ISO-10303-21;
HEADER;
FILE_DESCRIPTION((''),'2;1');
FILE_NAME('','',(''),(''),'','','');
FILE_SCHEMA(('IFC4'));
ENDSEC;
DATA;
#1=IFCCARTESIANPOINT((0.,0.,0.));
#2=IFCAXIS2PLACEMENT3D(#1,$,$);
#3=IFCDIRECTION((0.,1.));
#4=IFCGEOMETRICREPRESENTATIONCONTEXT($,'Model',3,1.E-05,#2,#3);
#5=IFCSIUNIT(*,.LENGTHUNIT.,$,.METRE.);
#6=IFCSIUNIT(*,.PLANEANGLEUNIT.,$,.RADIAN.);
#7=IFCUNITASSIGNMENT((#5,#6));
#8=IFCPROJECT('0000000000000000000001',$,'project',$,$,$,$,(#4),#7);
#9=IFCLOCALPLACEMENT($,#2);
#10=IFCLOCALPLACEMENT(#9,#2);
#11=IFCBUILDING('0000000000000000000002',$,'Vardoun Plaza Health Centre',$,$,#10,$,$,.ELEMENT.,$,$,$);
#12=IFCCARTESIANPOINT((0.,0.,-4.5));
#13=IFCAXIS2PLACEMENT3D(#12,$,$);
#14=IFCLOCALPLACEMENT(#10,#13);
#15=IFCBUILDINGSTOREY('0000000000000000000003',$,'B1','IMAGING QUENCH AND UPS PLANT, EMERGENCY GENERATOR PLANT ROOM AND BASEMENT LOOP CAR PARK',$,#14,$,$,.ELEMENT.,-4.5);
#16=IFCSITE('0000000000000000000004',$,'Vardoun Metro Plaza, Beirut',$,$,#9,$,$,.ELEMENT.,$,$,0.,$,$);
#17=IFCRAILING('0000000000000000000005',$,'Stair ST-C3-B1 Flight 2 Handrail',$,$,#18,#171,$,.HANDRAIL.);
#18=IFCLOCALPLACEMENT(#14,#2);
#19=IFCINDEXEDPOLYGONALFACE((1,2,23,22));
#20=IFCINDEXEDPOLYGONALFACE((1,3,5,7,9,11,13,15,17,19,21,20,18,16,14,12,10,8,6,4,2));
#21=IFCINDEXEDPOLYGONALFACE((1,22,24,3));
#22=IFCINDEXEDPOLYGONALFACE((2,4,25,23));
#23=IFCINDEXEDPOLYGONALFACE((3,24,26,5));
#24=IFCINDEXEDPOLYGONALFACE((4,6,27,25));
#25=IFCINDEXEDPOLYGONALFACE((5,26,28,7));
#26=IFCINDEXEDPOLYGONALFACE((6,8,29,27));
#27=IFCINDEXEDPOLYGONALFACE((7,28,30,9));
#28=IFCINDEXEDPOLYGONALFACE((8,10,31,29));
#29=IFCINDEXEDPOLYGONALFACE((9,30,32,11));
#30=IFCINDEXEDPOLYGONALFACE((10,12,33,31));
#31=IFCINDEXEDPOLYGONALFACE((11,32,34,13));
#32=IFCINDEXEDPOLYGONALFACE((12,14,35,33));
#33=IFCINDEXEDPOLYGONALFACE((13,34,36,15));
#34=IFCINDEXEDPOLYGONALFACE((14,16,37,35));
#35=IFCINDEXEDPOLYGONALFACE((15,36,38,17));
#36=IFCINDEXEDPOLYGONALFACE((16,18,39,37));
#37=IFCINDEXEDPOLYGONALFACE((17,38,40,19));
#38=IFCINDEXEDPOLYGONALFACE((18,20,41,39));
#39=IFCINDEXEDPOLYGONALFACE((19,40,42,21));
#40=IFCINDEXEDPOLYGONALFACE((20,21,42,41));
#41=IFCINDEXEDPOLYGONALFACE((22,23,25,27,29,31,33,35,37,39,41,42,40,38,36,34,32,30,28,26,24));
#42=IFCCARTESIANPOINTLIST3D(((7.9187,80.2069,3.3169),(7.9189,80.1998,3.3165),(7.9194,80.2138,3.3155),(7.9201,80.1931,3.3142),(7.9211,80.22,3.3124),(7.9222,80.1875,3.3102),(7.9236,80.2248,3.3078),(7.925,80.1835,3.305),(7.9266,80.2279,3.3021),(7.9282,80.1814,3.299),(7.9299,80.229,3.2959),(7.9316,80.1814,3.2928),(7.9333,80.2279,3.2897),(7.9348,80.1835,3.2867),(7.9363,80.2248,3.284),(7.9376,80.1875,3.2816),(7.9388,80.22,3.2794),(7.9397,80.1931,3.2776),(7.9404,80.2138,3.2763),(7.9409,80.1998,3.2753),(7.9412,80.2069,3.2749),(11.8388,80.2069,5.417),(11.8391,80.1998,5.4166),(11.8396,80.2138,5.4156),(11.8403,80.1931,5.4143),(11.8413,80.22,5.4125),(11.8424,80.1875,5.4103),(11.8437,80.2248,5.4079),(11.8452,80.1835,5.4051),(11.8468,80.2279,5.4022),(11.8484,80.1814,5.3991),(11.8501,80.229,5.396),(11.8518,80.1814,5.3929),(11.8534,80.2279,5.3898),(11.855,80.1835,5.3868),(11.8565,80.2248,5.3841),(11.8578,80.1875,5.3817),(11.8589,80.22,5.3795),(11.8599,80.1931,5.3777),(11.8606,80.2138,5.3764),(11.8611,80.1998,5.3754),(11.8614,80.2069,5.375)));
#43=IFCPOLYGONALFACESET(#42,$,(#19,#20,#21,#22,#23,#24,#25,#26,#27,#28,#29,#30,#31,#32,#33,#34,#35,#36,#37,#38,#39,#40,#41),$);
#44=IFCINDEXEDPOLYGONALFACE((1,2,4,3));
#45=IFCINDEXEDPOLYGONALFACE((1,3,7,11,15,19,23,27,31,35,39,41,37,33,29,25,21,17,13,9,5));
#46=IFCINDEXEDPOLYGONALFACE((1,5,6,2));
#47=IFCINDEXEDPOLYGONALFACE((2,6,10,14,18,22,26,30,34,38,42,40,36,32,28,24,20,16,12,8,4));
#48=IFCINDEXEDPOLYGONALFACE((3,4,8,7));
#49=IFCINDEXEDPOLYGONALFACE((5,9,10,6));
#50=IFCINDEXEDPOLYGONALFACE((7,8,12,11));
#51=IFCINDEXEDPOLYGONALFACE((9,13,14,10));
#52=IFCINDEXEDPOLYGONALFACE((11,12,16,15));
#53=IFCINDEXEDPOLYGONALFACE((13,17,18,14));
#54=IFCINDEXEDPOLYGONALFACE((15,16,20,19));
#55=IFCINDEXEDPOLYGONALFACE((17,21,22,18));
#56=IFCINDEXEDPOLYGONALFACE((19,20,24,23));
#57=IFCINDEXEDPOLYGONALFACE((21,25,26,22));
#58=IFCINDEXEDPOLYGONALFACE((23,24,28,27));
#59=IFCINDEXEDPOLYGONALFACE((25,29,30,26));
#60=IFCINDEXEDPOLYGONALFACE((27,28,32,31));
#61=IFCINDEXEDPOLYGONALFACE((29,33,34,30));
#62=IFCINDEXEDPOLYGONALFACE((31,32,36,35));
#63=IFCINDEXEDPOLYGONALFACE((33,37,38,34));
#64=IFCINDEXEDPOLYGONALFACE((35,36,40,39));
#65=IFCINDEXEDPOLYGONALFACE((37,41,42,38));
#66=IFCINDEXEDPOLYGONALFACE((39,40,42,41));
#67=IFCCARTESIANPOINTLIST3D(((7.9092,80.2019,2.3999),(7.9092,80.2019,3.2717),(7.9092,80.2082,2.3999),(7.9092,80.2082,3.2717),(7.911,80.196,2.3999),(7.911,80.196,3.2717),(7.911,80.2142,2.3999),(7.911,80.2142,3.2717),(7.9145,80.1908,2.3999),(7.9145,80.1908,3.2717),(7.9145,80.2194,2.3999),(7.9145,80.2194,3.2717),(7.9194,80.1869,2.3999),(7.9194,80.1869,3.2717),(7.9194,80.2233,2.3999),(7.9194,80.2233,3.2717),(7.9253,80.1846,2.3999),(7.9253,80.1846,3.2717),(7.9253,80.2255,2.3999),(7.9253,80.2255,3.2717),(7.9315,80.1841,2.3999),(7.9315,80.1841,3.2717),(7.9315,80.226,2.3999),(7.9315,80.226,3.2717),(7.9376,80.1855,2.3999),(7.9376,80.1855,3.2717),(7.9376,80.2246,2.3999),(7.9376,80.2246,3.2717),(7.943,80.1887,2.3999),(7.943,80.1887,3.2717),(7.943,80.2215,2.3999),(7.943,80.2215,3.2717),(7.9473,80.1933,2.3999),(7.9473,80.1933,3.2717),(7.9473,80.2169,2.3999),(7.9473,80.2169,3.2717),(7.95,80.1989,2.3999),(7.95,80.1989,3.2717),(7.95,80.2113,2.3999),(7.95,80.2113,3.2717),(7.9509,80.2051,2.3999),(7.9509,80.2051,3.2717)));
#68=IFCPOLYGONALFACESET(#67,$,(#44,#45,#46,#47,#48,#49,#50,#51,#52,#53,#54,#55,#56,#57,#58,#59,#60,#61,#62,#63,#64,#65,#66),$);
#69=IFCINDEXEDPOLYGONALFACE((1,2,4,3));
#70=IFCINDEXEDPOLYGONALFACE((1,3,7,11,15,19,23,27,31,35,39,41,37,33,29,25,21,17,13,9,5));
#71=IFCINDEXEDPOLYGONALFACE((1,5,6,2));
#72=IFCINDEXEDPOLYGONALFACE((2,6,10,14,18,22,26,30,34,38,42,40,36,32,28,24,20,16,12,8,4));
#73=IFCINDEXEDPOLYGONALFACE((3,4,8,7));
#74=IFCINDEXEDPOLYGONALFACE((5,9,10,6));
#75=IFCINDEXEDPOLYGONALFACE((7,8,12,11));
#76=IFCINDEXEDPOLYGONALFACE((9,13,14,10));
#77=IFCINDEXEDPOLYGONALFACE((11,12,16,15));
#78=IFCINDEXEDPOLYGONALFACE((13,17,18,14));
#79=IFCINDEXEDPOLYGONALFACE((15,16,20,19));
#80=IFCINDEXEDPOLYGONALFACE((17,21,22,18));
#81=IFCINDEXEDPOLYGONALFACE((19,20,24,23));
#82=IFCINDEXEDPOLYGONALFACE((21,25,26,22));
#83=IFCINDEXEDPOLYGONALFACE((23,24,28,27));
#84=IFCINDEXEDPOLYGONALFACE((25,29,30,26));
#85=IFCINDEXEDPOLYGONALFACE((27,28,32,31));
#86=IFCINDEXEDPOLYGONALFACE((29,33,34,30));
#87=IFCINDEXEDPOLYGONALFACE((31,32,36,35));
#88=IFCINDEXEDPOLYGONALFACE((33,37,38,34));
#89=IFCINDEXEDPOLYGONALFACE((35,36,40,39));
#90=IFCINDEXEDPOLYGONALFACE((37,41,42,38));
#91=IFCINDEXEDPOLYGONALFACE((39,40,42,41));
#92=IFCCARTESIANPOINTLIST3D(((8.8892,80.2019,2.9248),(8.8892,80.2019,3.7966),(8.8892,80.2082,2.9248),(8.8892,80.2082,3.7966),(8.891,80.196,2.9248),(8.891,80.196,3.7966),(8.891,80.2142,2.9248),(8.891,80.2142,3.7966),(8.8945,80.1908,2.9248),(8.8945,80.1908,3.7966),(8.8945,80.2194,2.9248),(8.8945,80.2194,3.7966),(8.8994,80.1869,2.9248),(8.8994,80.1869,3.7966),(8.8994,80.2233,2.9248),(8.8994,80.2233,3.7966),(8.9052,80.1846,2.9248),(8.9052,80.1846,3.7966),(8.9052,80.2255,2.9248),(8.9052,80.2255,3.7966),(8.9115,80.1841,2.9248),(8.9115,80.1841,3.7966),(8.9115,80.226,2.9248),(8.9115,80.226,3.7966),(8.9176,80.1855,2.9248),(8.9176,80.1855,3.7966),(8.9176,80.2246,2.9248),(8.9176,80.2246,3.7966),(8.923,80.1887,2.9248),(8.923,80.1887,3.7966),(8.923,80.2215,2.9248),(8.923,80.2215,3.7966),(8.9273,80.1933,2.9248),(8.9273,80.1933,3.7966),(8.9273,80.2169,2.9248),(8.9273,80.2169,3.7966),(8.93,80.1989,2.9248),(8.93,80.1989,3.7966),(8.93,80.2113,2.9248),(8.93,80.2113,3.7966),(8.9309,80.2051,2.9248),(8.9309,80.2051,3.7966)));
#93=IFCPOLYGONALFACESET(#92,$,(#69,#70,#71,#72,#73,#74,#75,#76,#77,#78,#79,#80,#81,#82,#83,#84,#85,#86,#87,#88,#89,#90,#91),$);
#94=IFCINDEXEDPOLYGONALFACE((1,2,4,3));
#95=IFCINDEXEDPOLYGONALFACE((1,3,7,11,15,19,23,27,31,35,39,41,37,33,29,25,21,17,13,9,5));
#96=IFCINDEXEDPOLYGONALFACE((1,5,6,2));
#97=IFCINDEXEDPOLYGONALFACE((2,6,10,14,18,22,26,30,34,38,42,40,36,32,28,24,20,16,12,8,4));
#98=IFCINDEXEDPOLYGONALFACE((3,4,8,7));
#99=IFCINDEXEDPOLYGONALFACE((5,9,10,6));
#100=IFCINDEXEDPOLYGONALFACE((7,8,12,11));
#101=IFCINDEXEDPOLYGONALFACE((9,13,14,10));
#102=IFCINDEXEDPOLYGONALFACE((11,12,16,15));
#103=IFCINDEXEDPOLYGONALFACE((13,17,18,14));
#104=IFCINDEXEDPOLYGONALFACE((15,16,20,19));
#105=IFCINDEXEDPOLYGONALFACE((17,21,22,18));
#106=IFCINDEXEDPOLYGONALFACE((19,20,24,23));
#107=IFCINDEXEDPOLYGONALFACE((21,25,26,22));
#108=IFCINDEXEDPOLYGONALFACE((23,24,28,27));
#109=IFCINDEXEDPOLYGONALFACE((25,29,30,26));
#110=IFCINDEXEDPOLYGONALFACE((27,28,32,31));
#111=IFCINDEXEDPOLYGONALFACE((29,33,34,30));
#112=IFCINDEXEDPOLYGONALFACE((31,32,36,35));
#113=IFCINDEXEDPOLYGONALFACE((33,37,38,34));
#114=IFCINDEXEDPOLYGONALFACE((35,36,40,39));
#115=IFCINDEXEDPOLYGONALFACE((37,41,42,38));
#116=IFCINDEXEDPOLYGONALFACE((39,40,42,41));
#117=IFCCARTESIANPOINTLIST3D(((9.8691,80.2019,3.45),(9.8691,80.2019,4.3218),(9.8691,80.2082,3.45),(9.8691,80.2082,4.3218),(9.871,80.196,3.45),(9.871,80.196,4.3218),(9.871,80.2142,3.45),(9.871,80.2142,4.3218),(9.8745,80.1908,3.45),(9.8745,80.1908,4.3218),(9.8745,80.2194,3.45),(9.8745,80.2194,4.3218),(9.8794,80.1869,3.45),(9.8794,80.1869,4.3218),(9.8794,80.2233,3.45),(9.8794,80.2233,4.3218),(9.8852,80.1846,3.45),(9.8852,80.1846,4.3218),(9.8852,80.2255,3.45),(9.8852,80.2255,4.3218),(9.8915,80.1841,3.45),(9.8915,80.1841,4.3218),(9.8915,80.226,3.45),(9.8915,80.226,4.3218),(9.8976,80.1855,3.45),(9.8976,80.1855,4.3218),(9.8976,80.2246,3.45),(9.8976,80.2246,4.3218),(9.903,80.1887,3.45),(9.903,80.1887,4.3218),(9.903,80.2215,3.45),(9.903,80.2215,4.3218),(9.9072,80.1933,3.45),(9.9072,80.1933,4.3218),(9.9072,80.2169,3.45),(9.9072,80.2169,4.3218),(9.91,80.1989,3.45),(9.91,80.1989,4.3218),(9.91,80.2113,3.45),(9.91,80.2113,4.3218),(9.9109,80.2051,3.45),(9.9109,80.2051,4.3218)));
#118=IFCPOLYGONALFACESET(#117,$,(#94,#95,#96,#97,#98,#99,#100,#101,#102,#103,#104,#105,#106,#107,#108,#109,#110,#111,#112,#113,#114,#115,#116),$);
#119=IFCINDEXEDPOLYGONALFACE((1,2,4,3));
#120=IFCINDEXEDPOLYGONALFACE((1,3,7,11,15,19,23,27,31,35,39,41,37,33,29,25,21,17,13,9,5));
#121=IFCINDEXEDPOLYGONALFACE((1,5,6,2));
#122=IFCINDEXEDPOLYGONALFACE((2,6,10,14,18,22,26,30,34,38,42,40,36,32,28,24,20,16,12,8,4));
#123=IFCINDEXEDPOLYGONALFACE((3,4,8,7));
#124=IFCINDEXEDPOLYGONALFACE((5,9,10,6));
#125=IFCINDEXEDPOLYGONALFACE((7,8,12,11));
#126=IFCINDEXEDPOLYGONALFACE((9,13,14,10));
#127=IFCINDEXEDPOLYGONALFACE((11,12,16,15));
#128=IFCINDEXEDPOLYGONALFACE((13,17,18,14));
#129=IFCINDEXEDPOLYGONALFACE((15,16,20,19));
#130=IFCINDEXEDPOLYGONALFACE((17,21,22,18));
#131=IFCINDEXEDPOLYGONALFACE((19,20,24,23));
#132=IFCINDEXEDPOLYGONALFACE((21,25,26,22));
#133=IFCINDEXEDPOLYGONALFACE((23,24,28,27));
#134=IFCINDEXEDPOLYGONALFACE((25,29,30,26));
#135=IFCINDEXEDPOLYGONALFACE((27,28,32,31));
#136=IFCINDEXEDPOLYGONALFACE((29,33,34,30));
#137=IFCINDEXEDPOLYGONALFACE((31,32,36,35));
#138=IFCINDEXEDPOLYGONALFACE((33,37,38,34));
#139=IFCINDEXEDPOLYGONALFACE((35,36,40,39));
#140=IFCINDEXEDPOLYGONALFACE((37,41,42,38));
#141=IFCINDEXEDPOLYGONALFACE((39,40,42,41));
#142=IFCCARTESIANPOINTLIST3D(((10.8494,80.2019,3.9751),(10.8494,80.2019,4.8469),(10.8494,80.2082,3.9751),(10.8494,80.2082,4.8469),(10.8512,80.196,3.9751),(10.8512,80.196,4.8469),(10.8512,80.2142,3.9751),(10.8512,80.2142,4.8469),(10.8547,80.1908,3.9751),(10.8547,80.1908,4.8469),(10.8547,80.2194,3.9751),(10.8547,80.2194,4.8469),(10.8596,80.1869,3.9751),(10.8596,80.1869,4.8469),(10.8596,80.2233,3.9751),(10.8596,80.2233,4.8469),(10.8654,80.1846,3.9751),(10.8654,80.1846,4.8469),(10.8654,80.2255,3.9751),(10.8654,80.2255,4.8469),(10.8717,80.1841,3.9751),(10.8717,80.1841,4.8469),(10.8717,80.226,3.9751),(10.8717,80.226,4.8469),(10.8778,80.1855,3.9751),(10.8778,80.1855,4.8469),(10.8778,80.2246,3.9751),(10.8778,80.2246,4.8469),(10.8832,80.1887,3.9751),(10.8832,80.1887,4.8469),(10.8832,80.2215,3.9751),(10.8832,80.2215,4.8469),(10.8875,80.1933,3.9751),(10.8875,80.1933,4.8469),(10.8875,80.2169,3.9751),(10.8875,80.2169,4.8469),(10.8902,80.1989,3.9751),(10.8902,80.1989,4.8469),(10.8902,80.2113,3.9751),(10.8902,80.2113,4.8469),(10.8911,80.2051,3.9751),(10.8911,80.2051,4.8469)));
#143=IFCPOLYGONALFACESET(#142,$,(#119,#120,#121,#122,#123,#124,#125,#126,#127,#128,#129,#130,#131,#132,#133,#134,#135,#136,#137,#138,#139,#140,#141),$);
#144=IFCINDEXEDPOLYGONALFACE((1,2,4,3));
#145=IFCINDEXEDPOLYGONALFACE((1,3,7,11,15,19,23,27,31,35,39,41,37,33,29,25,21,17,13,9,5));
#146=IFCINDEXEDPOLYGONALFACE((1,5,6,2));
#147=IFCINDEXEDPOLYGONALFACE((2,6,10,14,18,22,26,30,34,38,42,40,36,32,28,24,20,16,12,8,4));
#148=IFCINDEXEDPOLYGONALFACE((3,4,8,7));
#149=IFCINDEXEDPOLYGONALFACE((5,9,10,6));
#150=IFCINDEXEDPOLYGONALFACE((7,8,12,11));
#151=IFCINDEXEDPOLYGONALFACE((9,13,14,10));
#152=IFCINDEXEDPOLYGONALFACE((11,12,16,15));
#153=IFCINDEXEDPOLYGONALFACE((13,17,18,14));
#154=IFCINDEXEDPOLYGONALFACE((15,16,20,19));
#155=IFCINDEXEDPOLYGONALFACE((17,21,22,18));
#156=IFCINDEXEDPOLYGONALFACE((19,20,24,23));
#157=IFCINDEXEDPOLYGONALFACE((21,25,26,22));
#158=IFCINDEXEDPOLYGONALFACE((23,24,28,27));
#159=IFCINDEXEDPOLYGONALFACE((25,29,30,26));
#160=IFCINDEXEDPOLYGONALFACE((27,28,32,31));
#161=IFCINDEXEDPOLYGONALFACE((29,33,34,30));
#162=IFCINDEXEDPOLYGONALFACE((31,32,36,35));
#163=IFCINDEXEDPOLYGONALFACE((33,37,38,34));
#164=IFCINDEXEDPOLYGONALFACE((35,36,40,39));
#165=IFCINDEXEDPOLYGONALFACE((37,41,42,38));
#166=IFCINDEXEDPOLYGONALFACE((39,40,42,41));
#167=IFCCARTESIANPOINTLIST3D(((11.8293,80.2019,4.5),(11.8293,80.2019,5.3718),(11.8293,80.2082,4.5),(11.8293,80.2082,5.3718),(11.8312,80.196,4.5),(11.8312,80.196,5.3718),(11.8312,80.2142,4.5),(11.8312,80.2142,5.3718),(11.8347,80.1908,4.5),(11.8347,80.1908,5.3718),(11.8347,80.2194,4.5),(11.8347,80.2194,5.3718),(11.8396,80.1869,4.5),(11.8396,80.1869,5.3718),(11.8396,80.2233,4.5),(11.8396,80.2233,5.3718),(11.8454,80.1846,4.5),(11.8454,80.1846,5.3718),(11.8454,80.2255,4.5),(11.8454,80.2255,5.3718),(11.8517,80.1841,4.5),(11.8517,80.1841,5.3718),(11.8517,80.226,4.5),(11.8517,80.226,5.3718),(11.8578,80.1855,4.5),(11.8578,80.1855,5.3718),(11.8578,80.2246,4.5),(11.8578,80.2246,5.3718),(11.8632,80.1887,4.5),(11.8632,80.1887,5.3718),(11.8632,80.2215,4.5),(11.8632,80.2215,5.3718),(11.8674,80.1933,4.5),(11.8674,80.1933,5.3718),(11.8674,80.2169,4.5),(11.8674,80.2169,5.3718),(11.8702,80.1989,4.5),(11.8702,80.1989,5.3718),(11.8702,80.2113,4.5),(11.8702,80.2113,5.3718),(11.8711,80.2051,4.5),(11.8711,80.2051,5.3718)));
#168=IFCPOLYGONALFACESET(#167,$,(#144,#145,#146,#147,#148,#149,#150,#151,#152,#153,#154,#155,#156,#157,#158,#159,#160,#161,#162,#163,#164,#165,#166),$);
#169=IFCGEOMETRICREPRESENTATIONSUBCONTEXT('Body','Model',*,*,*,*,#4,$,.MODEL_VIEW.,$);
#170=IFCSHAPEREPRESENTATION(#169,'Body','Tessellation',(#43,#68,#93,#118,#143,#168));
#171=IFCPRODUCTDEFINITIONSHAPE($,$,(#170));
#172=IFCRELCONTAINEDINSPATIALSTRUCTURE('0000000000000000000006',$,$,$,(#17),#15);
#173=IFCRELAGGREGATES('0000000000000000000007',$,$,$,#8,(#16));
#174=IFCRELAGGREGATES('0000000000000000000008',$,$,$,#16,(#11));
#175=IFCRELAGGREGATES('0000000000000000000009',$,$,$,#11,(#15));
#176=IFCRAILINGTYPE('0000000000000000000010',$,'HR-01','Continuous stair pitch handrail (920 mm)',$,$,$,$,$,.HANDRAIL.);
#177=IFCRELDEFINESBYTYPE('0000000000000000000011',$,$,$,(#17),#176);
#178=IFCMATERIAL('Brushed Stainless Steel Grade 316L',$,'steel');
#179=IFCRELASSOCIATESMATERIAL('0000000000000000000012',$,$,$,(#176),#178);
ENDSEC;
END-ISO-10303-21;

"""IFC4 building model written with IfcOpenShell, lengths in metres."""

from ifc_helpers import new_model, si_unit, direction, frame, origin, origin_2d, place, context, subcontext, project, spatial, circle, extrude, material, type_object, element, save


model = new_model("IFC4")

# Units and contexts
model_context = context("Model", 3, precision=1e-05, world=origin(), true_north=direction((0.0, 1.0)))
body_context = subcontext(model_context, "Body", "Model", "MODEL_VIEW")
ifc_project = project(units=[si_unit("LENGTHUNIT", "METRE"), si_unit("PLANEANGLEUNIT", "RADIAN")], contexts=[model_context])

# Site, building, storey
site_placement = place(None, origin())
site = spatial("IfcSite", under=ifc_project, at=site_placement, Name="Vardoun Metro Plaza, Beirut", CompositionType="ELEMENT", RefElevation=0.0)
building_placement = place(site_placement, origin())
building = spatial("IfcBuilding", under=site, at=building_placement, Name="Vardoun Plaza Health Centre", CompositionType="ELEMENT")
storey_placement = place(building_placement, frame((0.0, 0.0, -4.5)))
storey = spatial("IfcBuildingStorey", under=building, at=storey_placement, Name="B1", Description="IMAGING QUENCH AND UPS PLANT, EMERGENCY GENERATOR PLANT ROOM AND BASEMENT LOOP CAR PARK", CompositionType="ELEMENT", Elevation=-4.5)

# Railing
ifc_material_1 = material(Name="Brushed Stainless Steel Grade 316L", Category="steel")
railing_type_1 = type_object("IfcRailingType", Name="HR-01", Description="Continuous stair pitch handrail (920 mm)", PredefinedType="HANDRAIL", material=ifc_material_1)
railing_1_placement = place(storey_placement, frame((7.9299, 80.2051, 2.3999)))
element("IfcRailing", 1, at=railing_1_placement, inside=storey, type_object=railing_type_1, Name="Stair ST-C3-B1 Flight 2 Handrail", PredefinedType="HANDRAIL", context=body_context, shape_type="SweptSolid", body=[
    extrude(circle(Radius=0.0239, at=origin_2d()), frame((0.0, 0.0, 0.896), z_axis=(0.881479, 0.0, 0.472223), x_axis=(0.0, 1.0, 0.0)), (0.0, 0.0, 1.0), 4.4473),
    extrude(circle(Radius=0.021, at=origin_2d()), origin(), (0.0, 0.0, 1.0), 0.8718),
    extrude(circle(Radius=0.021, at=origin_2d()), frame((0.98, 0.0, 0.5249)), (0.0, 0.0, 1.0), 0.8718),
    extrude(circle(Radius=0.021, at=origin_2d()), frame((1.96, 0.0, 1.05)), (0.0, 0.0, 1.0), 0.8718),
    extrude(circle(Radius=0.021, at=origin_2d()), frame((2.9402, 0.0, 1.5752)), (0.0, 0.0, 1.0), 0.8718),
    extrude(circle(Radius=0.021, at=origin_2d()), frame((3.9202, 0.0, 2.1001)), (0.0, 0.0, 1.0), 0.8718),
])

save(model, "model.ifc")
